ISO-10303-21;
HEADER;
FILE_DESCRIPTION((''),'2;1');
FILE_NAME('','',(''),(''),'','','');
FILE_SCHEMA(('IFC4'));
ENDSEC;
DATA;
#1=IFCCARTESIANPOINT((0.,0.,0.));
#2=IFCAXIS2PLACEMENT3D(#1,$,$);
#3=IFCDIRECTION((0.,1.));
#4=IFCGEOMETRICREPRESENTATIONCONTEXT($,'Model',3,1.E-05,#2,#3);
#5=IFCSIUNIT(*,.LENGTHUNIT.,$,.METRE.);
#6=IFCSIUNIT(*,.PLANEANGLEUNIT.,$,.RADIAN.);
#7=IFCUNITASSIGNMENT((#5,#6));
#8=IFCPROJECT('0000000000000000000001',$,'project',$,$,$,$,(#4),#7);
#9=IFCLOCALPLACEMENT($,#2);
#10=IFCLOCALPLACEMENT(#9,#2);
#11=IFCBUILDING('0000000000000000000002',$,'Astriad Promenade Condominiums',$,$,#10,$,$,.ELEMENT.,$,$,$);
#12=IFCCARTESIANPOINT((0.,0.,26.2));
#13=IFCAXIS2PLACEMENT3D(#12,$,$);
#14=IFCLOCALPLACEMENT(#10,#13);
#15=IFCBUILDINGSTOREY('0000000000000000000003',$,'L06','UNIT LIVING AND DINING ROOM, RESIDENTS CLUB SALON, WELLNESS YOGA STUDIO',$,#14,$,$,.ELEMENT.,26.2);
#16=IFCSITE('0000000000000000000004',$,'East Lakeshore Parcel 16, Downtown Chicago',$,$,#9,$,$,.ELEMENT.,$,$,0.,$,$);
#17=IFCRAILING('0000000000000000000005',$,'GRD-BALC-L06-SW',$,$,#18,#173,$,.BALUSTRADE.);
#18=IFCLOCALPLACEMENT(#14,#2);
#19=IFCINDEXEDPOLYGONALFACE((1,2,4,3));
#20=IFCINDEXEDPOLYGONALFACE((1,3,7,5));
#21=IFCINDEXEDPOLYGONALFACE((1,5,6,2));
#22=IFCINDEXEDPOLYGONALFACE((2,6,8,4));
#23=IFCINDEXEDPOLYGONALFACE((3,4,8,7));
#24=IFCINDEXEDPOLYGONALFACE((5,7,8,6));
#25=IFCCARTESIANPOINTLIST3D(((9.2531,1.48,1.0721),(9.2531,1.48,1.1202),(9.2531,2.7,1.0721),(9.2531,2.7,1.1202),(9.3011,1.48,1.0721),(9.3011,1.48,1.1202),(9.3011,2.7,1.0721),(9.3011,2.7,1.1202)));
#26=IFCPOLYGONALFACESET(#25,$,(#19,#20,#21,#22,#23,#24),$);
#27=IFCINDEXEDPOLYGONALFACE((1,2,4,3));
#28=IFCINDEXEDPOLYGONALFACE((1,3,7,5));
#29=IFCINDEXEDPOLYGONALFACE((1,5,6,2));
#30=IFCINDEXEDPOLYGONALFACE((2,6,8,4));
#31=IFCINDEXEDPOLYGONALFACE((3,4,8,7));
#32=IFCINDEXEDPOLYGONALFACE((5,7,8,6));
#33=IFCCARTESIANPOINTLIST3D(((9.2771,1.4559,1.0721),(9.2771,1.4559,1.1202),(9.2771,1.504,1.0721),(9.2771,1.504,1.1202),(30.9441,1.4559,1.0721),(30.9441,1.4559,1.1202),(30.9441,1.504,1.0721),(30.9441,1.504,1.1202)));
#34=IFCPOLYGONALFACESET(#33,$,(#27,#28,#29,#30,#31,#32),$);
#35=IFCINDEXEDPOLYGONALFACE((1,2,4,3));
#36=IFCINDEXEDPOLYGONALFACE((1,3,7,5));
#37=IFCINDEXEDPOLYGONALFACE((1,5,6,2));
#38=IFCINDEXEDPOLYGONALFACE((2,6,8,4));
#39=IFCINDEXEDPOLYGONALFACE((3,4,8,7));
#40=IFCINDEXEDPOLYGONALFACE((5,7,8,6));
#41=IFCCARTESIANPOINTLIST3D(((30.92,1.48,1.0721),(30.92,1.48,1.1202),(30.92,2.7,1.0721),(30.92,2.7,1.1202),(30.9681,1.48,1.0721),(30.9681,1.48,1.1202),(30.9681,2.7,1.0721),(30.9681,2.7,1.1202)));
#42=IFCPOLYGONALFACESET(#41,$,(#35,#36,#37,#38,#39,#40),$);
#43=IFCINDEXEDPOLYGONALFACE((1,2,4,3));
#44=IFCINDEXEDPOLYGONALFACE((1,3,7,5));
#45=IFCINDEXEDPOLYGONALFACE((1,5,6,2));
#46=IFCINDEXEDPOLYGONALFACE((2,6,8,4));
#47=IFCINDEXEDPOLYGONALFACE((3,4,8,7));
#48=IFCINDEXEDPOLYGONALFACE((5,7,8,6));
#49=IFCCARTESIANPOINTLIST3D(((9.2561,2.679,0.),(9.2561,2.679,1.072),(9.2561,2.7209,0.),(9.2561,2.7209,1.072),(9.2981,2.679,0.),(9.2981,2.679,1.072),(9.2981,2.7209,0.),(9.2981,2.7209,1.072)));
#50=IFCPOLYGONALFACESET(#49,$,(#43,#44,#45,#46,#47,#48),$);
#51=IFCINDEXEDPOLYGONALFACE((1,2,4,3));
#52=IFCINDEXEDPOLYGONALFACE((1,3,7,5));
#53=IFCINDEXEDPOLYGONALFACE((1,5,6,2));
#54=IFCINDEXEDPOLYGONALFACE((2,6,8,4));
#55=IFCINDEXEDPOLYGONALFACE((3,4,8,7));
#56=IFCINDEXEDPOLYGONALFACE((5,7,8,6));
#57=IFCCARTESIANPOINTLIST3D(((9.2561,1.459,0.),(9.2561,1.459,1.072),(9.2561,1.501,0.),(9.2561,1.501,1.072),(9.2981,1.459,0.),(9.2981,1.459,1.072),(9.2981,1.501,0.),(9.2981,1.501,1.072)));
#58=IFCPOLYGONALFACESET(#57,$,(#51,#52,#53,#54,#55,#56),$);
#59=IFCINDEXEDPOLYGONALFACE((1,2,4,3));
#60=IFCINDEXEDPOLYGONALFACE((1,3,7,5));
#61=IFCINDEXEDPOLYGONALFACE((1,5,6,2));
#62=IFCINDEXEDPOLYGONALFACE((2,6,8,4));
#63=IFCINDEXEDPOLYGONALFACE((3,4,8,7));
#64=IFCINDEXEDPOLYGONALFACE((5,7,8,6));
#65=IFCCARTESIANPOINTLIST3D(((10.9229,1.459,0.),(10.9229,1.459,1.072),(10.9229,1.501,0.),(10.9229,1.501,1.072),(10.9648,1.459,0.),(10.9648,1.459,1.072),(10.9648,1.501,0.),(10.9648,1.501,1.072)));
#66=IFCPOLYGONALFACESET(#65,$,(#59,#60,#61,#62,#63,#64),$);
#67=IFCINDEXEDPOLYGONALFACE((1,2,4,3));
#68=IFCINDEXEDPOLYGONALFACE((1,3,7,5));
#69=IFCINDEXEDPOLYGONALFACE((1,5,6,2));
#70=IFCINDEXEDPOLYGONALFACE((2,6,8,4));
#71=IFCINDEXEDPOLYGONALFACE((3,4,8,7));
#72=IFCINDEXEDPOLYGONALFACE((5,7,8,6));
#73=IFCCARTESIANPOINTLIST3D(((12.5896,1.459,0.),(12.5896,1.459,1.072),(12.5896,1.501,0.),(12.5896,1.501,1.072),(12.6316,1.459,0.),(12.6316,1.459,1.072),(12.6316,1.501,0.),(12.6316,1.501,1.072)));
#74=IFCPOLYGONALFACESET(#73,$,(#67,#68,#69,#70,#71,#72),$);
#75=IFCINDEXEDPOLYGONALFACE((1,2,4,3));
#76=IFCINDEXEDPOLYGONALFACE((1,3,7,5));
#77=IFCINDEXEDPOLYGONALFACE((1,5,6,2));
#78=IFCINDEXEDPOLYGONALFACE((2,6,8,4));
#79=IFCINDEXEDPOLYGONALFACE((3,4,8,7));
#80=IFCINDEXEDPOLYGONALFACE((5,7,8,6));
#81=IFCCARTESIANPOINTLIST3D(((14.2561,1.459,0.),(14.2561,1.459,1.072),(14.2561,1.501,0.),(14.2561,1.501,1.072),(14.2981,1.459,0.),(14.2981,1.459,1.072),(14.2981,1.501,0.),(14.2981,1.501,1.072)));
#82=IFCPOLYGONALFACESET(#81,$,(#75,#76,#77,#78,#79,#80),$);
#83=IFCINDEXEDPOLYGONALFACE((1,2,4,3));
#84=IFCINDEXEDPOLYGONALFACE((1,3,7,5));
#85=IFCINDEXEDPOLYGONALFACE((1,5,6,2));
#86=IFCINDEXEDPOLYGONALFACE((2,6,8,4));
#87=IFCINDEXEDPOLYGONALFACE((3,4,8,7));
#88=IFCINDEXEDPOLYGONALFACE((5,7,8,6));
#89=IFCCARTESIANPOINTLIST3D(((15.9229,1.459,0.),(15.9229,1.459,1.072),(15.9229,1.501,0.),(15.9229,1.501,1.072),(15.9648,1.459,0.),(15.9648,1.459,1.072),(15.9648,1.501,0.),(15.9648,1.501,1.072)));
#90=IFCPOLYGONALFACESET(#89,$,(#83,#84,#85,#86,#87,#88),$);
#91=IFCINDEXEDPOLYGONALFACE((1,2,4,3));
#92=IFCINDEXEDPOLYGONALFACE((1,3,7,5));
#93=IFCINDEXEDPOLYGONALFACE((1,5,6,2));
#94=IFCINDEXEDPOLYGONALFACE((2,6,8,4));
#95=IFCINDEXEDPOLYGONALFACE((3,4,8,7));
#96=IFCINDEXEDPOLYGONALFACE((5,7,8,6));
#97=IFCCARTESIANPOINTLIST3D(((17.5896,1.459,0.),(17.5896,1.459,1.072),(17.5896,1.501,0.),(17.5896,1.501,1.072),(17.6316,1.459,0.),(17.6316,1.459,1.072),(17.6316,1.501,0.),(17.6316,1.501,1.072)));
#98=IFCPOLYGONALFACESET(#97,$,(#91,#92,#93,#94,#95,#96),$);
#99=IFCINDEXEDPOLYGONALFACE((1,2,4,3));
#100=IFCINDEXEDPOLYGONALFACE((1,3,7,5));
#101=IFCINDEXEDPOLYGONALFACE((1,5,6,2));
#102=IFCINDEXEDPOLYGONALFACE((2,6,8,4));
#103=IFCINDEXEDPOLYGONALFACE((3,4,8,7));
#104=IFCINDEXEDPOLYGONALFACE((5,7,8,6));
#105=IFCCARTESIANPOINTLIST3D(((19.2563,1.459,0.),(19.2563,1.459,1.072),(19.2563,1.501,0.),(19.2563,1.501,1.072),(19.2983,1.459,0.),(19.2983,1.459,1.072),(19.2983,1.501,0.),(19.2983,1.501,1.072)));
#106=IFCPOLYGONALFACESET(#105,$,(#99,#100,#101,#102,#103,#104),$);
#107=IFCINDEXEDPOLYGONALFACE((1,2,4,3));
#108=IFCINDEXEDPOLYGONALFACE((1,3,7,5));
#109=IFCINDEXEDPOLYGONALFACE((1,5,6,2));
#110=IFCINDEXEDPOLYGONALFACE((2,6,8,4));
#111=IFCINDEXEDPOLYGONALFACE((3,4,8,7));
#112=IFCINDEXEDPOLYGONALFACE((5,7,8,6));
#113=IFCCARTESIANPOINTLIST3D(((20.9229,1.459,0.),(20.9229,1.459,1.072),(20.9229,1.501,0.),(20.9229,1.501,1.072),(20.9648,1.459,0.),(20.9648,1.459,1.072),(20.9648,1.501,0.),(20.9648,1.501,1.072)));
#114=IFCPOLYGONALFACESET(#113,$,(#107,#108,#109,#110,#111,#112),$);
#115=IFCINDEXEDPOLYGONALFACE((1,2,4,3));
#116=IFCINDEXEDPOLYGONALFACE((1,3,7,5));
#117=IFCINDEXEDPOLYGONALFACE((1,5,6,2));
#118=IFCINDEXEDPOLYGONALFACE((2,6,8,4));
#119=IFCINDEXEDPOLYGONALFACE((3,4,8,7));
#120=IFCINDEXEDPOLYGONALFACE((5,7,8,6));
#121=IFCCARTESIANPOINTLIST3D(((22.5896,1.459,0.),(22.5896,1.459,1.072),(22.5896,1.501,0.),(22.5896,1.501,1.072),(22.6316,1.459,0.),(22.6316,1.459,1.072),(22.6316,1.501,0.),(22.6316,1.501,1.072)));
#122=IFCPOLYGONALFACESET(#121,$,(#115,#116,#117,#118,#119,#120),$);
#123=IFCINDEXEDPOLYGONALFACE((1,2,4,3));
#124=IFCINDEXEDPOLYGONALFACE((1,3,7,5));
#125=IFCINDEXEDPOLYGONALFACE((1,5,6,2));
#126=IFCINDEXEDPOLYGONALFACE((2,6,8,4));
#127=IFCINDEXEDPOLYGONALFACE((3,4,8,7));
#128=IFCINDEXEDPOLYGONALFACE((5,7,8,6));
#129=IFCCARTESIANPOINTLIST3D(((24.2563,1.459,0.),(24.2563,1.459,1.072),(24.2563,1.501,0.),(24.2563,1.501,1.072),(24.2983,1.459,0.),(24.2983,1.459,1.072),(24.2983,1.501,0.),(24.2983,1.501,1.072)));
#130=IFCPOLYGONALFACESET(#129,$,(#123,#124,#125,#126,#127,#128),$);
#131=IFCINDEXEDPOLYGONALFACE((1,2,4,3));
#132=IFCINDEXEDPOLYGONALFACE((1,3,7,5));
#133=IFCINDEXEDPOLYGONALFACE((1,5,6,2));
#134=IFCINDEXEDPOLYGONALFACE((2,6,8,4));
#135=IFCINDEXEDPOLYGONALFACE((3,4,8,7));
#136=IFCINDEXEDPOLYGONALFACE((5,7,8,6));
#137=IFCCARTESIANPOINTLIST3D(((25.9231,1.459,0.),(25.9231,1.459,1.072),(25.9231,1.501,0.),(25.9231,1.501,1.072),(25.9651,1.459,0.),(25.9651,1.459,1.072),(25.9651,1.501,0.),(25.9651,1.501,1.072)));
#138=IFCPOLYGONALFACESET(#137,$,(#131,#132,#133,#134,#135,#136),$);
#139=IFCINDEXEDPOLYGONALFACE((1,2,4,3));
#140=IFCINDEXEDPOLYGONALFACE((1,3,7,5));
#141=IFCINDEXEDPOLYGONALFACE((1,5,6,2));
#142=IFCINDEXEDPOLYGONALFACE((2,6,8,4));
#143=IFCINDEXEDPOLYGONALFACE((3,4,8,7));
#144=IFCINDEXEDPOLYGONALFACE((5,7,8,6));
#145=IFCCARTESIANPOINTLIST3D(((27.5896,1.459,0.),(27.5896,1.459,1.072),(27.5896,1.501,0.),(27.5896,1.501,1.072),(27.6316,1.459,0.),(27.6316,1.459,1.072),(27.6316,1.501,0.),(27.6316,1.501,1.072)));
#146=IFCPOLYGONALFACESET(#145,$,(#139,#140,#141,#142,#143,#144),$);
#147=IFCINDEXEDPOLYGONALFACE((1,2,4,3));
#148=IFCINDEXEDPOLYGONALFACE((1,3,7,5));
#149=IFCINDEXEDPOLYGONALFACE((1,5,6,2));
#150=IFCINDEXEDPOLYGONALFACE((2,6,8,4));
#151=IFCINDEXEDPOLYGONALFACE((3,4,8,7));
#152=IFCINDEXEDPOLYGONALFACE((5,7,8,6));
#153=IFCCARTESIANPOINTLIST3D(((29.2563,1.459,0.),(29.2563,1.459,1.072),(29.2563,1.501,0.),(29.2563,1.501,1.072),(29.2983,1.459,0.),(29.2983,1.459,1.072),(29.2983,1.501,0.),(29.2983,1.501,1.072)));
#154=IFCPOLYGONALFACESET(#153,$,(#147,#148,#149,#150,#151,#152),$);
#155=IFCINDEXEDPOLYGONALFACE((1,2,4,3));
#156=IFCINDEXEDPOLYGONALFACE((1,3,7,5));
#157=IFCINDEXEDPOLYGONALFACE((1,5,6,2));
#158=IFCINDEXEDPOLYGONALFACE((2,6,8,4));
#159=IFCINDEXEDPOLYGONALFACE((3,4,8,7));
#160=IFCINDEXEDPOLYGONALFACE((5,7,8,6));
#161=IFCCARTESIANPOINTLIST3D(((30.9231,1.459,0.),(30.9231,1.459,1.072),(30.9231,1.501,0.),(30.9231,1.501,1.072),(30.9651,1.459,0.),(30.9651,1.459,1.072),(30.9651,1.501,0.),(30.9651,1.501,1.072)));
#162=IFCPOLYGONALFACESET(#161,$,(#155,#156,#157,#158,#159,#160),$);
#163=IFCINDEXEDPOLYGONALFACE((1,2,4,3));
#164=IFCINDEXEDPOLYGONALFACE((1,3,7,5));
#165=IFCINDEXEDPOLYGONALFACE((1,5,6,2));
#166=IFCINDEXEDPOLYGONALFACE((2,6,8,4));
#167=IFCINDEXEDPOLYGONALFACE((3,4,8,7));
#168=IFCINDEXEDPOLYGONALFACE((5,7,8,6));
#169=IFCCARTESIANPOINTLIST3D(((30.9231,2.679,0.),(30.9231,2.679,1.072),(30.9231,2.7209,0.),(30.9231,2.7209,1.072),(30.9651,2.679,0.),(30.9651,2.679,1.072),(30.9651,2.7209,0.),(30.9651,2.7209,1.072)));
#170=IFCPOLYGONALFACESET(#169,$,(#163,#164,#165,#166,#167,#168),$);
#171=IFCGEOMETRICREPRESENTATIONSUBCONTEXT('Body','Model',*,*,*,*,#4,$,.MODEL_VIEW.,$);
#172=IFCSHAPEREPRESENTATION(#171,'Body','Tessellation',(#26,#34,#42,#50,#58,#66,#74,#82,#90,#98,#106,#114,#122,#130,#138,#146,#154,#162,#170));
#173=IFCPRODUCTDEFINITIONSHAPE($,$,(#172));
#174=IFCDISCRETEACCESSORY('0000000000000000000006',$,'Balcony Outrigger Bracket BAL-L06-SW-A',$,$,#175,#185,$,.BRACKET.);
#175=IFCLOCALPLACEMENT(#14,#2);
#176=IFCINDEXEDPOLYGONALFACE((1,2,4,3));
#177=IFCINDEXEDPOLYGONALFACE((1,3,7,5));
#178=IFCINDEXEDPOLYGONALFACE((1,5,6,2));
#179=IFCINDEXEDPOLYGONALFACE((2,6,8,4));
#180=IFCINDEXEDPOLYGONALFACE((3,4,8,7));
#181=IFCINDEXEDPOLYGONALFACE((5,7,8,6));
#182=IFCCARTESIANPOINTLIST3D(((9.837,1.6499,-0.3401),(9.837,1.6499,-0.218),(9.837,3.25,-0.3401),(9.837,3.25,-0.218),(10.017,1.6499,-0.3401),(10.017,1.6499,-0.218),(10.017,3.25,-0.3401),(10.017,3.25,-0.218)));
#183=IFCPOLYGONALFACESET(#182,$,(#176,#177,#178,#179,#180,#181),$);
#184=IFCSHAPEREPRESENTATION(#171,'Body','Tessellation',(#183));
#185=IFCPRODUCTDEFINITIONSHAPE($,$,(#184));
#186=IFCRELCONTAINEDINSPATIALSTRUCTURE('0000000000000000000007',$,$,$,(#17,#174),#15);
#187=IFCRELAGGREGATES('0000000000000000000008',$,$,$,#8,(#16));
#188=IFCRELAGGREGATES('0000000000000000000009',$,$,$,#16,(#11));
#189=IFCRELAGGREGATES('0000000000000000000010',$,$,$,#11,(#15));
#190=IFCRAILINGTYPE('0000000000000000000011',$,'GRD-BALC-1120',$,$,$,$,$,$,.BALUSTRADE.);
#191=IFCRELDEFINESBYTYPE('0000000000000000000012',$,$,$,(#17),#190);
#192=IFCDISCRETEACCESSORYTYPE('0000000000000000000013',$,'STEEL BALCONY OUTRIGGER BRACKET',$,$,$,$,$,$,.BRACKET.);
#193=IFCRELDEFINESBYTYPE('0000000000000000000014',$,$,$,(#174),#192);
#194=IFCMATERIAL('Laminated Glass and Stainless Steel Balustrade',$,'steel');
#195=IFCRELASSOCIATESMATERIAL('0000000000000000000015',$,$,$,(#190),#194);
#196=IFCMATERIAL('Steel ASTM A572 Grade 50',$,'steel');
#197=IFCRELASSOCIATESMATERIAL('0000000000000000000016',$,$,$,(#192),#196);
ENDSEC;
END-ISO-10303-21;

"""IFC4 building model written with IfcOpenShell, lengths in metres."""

from ifc_helpers import new_model, si_unit, direction, frame, origin, origin_2d, place, context, subcontext, project, spatial, rectangle, extrude, source, transform, mapped, material, type_object, type_shapes, element, save


model = new_model("IFC4")

# Units and contexts
model_context = context("Model", 3, precision=1e-05, world=origin(), true_north=direction((0.0, 1.0)))
body_context = subcontext(model_context, "Body", "Model", "MODEL_VIEW")
ifc_project = project(units=[si_unit("LENGTHUNIT", "METRE"), si_unit("PLANEANGLEUNIT", "RADIAN")], contexts=[model_context])

# Site, building, storey
site_placement = place(None, origin())
site = spatial("IfcSite", under=ifc_project, at=site_placement, Name="East Lakeshore Parcel 16, Downtown Chicago", CompositionType="ELEMENT", RefElevation=0.0)
building_placement = place(site_placement, origin())
building = spatial("IfcBuilding", under=site, at=building_placement, Name="Astriad Promenade Condominiums", CompositionType="ELEMENT")
storey_placement = place(building_placement, frame((0.0, 0.0, 26.2)))
storey = spatial("IfcBuildingStorey", under=building, at=storey_placement, Name="L06", Description="UNIT LIVING AND DINING ROOM, RESIDENTS CLUB SALON, WELLNESS YOGA STUDIO", CompositionType="ELEMENT", Elevation=26.2)

# Railing
ifc_material_1 = material(Name="Laminated Glass and Stainless Steel Balustrade", Category="steel")
railing_type = type_object("IfcRailingType", Name="GRD-BALC-1120", PredefinedType="BALUSTRADE", material=ifc_material_1)
shared_shape_1 = source(origin(), body_context, "Body", "SweptSolid", [
    extrude(rectangle(XDim=0.0481, YDim=0.0481, at=origin_2d()), frame((0.0, 0.0, 1.0962), z_axis=(0.0, -1.0, 0.0), x_axis=(1.0, 0.0, 0.0)), (0.0, 0.0, 1.0), 1.22),
    extrude(rectangle(XDim=0.0481, YDim=0.0481, at=origin_2d()), frame((0.0, -1.22, 1.0962), z_axis=(1.0, 0.0, 0.0), x_axis=(0.0, 1.0, 0.0)), (0.0, 0.0, 1.0), 21.667),
    extrude(rectangle(XDim=0.0481, YDim=0.0481, at=origin_2d()), frame((21.667, -1.22, 1.0962), z_axis=(0.0, 1.0, 0.0), x_axis=(-1.0, 0.0, 0.0)), (0.0, 0.0, 1.0), 1.22),
    extrude(rectangle(XDim=0.042, YDim=0.042, at=origin_2d()), origin(), (0.0, 0.0, 1.0), 1.072),
    extrude(rectangle(XDim=0.042, YDim=0.042, at=origin_2d()), frame((0.0, -1.22, 0.0)), (0.0, 0.0, 1.0), 1.072),
    extrude(rectangle(XDim=0.042, YDim=0.042, at=origin_2d()), frame((1.6667, -1.22, 0.0)), (0.0, 0.0, 1.0), 1.072),
    extrude(rectangle(XDim=0.042, YDim=0.042, at=origin_2d()), frame((3.3335, -1.22, 0.0)), (0.0, 0.0, 1.0), 1.072),
    extrude(rectangle(XDim=0.042, YDim=0.042, at=origin_2d()), frame((5.0, -1.22, 0.0)), (0.0, 0.0, 1.0), 1.072),
    extrude(rectangle(XDim=0.042, YDim=0.042, at=origin_2d()), frame((6.6667, -1.22, 0.0)), (0.0, 0.0, 1.0), 1.072),
    extrude(rectangle(XDim=0.042, YDim=0.042, at=origin_2d()), frame((8.3335, -1.22, 0.0)), (0.0, 0.0, 1.0), 1.072),
    extrude(rectangle(XDim=0.042, YDim=0.042, at=origin_2d()), frame((10.0002, -1.22, 0.0)), (0.0, 0.0, 1.0), 1.072),
    extrude(rectangle(XDim=0.042, YDim=0.042, at=origin_2d()), frame((11.6667, -1.22, 0.0)), (0.0, 0.0, 1.0), 1.072),
    extrude(rectangle(XDim=0.042, YDim=0.042, at=origin_2d()), frame((13.3335, -1.22, 0.0)), (0.0, 0.0, 1.0), 1.072),
    extrude(rectangle(XDim=0.042, YDim=0.042, at=origin_2d()), frame((15.0002, -1.22, 0.0)), (0.0, 0.0, 1.0), 1.072),
    extrude(rectangle(XDim=0.042, YDim=0.042, at=origin_2d()), frame((16.667, -1.22, 0.0)), (0.0, 0.0, 1.0), 1.072),
    extrude(rectangle(XDim=0.042, YDim=0.042, at=origin_2d()), frame((18.3335, -1.22, 0.0)), (0.0, 0.0, 1.0), 1.072),
    extrude(rectangle(XDim=0.042, YDim=0.042, at=origin_2d()), frame((20.0002, -1.22, 0.0)), (0.0, 0.0, 1.0), 1.072),
    extrude(rectangle(XDim=0.042, YDim=0.042, at=origin_2d()), frame((21.667, -1.22, 0.0)), (0.0, 0.0, 1.0), 1.072),
    extrude(rectangle(XDim=0.042, YDim=0.042, at=origin_2d()), frame((21.667, 0.0, 0.0)), (0.0, 0.0, 1.0), 1.072),
])
type_shapes(railing_type, [shared_shape_1])
railing_placement = place(storey_placement, frame((9.2771, 2.7, 0.0)))
element("IfcRailing", 1, at=railing_placement, inside=storey, type_object=railing_type, Name="GRD-BALC-L06-SW", PredefinedType="BALUSTRADE", context=body_context, shape_type="MappedRepresentation", body=[
    mapped(shared_shape_1, transform((0.0, 0.0, 0.0), scale=1.0)),
])

# Discrete accessory
ifc_material_2 = material(Name="Steel ASTM A572 Grade 50", Category="steel")
discrete_accessory_type = type_object("IfcDiscreteAccessoryType", Name="STEEL BALCONY OUTRIGGER BRACKET", PredefinedType="BRACKET", material=ifc_material_2)
shared_shape_2 = source(origin(), body_context, "Body", "SweptSolid", [
    extrude(rectangle(XDim=1.6001, YDim=0.1799, at=origin_2d()), origin(), (0.0, 0.0, 1.0), 0.1221),
])
type_shapes(discrete_accessory_type, [shared_shape_2])
discrete_accessory_placement = place(storey_placement, frame((9.927, 2.45, -0.3401), z_axis=(0.0, 0.0, 1.0), x_axis=(0.0, -1.0, 0.0)))
element("IfcDiscreteAccessory", 2, at=discrete_accessory_placement, inside=storey, type_object=discrete_accessory_type, Name="Balcony Outrigger Bracket BAL-L06-SW-A", PredefinedType="BRACKET", context=body_context, shape_type="MappedRepresentation", body=[
    mapped(shared_shape_2, transform((0.0, 0.0, 0.0), scale=1.0)),
])

save(model, "model.ifc")
